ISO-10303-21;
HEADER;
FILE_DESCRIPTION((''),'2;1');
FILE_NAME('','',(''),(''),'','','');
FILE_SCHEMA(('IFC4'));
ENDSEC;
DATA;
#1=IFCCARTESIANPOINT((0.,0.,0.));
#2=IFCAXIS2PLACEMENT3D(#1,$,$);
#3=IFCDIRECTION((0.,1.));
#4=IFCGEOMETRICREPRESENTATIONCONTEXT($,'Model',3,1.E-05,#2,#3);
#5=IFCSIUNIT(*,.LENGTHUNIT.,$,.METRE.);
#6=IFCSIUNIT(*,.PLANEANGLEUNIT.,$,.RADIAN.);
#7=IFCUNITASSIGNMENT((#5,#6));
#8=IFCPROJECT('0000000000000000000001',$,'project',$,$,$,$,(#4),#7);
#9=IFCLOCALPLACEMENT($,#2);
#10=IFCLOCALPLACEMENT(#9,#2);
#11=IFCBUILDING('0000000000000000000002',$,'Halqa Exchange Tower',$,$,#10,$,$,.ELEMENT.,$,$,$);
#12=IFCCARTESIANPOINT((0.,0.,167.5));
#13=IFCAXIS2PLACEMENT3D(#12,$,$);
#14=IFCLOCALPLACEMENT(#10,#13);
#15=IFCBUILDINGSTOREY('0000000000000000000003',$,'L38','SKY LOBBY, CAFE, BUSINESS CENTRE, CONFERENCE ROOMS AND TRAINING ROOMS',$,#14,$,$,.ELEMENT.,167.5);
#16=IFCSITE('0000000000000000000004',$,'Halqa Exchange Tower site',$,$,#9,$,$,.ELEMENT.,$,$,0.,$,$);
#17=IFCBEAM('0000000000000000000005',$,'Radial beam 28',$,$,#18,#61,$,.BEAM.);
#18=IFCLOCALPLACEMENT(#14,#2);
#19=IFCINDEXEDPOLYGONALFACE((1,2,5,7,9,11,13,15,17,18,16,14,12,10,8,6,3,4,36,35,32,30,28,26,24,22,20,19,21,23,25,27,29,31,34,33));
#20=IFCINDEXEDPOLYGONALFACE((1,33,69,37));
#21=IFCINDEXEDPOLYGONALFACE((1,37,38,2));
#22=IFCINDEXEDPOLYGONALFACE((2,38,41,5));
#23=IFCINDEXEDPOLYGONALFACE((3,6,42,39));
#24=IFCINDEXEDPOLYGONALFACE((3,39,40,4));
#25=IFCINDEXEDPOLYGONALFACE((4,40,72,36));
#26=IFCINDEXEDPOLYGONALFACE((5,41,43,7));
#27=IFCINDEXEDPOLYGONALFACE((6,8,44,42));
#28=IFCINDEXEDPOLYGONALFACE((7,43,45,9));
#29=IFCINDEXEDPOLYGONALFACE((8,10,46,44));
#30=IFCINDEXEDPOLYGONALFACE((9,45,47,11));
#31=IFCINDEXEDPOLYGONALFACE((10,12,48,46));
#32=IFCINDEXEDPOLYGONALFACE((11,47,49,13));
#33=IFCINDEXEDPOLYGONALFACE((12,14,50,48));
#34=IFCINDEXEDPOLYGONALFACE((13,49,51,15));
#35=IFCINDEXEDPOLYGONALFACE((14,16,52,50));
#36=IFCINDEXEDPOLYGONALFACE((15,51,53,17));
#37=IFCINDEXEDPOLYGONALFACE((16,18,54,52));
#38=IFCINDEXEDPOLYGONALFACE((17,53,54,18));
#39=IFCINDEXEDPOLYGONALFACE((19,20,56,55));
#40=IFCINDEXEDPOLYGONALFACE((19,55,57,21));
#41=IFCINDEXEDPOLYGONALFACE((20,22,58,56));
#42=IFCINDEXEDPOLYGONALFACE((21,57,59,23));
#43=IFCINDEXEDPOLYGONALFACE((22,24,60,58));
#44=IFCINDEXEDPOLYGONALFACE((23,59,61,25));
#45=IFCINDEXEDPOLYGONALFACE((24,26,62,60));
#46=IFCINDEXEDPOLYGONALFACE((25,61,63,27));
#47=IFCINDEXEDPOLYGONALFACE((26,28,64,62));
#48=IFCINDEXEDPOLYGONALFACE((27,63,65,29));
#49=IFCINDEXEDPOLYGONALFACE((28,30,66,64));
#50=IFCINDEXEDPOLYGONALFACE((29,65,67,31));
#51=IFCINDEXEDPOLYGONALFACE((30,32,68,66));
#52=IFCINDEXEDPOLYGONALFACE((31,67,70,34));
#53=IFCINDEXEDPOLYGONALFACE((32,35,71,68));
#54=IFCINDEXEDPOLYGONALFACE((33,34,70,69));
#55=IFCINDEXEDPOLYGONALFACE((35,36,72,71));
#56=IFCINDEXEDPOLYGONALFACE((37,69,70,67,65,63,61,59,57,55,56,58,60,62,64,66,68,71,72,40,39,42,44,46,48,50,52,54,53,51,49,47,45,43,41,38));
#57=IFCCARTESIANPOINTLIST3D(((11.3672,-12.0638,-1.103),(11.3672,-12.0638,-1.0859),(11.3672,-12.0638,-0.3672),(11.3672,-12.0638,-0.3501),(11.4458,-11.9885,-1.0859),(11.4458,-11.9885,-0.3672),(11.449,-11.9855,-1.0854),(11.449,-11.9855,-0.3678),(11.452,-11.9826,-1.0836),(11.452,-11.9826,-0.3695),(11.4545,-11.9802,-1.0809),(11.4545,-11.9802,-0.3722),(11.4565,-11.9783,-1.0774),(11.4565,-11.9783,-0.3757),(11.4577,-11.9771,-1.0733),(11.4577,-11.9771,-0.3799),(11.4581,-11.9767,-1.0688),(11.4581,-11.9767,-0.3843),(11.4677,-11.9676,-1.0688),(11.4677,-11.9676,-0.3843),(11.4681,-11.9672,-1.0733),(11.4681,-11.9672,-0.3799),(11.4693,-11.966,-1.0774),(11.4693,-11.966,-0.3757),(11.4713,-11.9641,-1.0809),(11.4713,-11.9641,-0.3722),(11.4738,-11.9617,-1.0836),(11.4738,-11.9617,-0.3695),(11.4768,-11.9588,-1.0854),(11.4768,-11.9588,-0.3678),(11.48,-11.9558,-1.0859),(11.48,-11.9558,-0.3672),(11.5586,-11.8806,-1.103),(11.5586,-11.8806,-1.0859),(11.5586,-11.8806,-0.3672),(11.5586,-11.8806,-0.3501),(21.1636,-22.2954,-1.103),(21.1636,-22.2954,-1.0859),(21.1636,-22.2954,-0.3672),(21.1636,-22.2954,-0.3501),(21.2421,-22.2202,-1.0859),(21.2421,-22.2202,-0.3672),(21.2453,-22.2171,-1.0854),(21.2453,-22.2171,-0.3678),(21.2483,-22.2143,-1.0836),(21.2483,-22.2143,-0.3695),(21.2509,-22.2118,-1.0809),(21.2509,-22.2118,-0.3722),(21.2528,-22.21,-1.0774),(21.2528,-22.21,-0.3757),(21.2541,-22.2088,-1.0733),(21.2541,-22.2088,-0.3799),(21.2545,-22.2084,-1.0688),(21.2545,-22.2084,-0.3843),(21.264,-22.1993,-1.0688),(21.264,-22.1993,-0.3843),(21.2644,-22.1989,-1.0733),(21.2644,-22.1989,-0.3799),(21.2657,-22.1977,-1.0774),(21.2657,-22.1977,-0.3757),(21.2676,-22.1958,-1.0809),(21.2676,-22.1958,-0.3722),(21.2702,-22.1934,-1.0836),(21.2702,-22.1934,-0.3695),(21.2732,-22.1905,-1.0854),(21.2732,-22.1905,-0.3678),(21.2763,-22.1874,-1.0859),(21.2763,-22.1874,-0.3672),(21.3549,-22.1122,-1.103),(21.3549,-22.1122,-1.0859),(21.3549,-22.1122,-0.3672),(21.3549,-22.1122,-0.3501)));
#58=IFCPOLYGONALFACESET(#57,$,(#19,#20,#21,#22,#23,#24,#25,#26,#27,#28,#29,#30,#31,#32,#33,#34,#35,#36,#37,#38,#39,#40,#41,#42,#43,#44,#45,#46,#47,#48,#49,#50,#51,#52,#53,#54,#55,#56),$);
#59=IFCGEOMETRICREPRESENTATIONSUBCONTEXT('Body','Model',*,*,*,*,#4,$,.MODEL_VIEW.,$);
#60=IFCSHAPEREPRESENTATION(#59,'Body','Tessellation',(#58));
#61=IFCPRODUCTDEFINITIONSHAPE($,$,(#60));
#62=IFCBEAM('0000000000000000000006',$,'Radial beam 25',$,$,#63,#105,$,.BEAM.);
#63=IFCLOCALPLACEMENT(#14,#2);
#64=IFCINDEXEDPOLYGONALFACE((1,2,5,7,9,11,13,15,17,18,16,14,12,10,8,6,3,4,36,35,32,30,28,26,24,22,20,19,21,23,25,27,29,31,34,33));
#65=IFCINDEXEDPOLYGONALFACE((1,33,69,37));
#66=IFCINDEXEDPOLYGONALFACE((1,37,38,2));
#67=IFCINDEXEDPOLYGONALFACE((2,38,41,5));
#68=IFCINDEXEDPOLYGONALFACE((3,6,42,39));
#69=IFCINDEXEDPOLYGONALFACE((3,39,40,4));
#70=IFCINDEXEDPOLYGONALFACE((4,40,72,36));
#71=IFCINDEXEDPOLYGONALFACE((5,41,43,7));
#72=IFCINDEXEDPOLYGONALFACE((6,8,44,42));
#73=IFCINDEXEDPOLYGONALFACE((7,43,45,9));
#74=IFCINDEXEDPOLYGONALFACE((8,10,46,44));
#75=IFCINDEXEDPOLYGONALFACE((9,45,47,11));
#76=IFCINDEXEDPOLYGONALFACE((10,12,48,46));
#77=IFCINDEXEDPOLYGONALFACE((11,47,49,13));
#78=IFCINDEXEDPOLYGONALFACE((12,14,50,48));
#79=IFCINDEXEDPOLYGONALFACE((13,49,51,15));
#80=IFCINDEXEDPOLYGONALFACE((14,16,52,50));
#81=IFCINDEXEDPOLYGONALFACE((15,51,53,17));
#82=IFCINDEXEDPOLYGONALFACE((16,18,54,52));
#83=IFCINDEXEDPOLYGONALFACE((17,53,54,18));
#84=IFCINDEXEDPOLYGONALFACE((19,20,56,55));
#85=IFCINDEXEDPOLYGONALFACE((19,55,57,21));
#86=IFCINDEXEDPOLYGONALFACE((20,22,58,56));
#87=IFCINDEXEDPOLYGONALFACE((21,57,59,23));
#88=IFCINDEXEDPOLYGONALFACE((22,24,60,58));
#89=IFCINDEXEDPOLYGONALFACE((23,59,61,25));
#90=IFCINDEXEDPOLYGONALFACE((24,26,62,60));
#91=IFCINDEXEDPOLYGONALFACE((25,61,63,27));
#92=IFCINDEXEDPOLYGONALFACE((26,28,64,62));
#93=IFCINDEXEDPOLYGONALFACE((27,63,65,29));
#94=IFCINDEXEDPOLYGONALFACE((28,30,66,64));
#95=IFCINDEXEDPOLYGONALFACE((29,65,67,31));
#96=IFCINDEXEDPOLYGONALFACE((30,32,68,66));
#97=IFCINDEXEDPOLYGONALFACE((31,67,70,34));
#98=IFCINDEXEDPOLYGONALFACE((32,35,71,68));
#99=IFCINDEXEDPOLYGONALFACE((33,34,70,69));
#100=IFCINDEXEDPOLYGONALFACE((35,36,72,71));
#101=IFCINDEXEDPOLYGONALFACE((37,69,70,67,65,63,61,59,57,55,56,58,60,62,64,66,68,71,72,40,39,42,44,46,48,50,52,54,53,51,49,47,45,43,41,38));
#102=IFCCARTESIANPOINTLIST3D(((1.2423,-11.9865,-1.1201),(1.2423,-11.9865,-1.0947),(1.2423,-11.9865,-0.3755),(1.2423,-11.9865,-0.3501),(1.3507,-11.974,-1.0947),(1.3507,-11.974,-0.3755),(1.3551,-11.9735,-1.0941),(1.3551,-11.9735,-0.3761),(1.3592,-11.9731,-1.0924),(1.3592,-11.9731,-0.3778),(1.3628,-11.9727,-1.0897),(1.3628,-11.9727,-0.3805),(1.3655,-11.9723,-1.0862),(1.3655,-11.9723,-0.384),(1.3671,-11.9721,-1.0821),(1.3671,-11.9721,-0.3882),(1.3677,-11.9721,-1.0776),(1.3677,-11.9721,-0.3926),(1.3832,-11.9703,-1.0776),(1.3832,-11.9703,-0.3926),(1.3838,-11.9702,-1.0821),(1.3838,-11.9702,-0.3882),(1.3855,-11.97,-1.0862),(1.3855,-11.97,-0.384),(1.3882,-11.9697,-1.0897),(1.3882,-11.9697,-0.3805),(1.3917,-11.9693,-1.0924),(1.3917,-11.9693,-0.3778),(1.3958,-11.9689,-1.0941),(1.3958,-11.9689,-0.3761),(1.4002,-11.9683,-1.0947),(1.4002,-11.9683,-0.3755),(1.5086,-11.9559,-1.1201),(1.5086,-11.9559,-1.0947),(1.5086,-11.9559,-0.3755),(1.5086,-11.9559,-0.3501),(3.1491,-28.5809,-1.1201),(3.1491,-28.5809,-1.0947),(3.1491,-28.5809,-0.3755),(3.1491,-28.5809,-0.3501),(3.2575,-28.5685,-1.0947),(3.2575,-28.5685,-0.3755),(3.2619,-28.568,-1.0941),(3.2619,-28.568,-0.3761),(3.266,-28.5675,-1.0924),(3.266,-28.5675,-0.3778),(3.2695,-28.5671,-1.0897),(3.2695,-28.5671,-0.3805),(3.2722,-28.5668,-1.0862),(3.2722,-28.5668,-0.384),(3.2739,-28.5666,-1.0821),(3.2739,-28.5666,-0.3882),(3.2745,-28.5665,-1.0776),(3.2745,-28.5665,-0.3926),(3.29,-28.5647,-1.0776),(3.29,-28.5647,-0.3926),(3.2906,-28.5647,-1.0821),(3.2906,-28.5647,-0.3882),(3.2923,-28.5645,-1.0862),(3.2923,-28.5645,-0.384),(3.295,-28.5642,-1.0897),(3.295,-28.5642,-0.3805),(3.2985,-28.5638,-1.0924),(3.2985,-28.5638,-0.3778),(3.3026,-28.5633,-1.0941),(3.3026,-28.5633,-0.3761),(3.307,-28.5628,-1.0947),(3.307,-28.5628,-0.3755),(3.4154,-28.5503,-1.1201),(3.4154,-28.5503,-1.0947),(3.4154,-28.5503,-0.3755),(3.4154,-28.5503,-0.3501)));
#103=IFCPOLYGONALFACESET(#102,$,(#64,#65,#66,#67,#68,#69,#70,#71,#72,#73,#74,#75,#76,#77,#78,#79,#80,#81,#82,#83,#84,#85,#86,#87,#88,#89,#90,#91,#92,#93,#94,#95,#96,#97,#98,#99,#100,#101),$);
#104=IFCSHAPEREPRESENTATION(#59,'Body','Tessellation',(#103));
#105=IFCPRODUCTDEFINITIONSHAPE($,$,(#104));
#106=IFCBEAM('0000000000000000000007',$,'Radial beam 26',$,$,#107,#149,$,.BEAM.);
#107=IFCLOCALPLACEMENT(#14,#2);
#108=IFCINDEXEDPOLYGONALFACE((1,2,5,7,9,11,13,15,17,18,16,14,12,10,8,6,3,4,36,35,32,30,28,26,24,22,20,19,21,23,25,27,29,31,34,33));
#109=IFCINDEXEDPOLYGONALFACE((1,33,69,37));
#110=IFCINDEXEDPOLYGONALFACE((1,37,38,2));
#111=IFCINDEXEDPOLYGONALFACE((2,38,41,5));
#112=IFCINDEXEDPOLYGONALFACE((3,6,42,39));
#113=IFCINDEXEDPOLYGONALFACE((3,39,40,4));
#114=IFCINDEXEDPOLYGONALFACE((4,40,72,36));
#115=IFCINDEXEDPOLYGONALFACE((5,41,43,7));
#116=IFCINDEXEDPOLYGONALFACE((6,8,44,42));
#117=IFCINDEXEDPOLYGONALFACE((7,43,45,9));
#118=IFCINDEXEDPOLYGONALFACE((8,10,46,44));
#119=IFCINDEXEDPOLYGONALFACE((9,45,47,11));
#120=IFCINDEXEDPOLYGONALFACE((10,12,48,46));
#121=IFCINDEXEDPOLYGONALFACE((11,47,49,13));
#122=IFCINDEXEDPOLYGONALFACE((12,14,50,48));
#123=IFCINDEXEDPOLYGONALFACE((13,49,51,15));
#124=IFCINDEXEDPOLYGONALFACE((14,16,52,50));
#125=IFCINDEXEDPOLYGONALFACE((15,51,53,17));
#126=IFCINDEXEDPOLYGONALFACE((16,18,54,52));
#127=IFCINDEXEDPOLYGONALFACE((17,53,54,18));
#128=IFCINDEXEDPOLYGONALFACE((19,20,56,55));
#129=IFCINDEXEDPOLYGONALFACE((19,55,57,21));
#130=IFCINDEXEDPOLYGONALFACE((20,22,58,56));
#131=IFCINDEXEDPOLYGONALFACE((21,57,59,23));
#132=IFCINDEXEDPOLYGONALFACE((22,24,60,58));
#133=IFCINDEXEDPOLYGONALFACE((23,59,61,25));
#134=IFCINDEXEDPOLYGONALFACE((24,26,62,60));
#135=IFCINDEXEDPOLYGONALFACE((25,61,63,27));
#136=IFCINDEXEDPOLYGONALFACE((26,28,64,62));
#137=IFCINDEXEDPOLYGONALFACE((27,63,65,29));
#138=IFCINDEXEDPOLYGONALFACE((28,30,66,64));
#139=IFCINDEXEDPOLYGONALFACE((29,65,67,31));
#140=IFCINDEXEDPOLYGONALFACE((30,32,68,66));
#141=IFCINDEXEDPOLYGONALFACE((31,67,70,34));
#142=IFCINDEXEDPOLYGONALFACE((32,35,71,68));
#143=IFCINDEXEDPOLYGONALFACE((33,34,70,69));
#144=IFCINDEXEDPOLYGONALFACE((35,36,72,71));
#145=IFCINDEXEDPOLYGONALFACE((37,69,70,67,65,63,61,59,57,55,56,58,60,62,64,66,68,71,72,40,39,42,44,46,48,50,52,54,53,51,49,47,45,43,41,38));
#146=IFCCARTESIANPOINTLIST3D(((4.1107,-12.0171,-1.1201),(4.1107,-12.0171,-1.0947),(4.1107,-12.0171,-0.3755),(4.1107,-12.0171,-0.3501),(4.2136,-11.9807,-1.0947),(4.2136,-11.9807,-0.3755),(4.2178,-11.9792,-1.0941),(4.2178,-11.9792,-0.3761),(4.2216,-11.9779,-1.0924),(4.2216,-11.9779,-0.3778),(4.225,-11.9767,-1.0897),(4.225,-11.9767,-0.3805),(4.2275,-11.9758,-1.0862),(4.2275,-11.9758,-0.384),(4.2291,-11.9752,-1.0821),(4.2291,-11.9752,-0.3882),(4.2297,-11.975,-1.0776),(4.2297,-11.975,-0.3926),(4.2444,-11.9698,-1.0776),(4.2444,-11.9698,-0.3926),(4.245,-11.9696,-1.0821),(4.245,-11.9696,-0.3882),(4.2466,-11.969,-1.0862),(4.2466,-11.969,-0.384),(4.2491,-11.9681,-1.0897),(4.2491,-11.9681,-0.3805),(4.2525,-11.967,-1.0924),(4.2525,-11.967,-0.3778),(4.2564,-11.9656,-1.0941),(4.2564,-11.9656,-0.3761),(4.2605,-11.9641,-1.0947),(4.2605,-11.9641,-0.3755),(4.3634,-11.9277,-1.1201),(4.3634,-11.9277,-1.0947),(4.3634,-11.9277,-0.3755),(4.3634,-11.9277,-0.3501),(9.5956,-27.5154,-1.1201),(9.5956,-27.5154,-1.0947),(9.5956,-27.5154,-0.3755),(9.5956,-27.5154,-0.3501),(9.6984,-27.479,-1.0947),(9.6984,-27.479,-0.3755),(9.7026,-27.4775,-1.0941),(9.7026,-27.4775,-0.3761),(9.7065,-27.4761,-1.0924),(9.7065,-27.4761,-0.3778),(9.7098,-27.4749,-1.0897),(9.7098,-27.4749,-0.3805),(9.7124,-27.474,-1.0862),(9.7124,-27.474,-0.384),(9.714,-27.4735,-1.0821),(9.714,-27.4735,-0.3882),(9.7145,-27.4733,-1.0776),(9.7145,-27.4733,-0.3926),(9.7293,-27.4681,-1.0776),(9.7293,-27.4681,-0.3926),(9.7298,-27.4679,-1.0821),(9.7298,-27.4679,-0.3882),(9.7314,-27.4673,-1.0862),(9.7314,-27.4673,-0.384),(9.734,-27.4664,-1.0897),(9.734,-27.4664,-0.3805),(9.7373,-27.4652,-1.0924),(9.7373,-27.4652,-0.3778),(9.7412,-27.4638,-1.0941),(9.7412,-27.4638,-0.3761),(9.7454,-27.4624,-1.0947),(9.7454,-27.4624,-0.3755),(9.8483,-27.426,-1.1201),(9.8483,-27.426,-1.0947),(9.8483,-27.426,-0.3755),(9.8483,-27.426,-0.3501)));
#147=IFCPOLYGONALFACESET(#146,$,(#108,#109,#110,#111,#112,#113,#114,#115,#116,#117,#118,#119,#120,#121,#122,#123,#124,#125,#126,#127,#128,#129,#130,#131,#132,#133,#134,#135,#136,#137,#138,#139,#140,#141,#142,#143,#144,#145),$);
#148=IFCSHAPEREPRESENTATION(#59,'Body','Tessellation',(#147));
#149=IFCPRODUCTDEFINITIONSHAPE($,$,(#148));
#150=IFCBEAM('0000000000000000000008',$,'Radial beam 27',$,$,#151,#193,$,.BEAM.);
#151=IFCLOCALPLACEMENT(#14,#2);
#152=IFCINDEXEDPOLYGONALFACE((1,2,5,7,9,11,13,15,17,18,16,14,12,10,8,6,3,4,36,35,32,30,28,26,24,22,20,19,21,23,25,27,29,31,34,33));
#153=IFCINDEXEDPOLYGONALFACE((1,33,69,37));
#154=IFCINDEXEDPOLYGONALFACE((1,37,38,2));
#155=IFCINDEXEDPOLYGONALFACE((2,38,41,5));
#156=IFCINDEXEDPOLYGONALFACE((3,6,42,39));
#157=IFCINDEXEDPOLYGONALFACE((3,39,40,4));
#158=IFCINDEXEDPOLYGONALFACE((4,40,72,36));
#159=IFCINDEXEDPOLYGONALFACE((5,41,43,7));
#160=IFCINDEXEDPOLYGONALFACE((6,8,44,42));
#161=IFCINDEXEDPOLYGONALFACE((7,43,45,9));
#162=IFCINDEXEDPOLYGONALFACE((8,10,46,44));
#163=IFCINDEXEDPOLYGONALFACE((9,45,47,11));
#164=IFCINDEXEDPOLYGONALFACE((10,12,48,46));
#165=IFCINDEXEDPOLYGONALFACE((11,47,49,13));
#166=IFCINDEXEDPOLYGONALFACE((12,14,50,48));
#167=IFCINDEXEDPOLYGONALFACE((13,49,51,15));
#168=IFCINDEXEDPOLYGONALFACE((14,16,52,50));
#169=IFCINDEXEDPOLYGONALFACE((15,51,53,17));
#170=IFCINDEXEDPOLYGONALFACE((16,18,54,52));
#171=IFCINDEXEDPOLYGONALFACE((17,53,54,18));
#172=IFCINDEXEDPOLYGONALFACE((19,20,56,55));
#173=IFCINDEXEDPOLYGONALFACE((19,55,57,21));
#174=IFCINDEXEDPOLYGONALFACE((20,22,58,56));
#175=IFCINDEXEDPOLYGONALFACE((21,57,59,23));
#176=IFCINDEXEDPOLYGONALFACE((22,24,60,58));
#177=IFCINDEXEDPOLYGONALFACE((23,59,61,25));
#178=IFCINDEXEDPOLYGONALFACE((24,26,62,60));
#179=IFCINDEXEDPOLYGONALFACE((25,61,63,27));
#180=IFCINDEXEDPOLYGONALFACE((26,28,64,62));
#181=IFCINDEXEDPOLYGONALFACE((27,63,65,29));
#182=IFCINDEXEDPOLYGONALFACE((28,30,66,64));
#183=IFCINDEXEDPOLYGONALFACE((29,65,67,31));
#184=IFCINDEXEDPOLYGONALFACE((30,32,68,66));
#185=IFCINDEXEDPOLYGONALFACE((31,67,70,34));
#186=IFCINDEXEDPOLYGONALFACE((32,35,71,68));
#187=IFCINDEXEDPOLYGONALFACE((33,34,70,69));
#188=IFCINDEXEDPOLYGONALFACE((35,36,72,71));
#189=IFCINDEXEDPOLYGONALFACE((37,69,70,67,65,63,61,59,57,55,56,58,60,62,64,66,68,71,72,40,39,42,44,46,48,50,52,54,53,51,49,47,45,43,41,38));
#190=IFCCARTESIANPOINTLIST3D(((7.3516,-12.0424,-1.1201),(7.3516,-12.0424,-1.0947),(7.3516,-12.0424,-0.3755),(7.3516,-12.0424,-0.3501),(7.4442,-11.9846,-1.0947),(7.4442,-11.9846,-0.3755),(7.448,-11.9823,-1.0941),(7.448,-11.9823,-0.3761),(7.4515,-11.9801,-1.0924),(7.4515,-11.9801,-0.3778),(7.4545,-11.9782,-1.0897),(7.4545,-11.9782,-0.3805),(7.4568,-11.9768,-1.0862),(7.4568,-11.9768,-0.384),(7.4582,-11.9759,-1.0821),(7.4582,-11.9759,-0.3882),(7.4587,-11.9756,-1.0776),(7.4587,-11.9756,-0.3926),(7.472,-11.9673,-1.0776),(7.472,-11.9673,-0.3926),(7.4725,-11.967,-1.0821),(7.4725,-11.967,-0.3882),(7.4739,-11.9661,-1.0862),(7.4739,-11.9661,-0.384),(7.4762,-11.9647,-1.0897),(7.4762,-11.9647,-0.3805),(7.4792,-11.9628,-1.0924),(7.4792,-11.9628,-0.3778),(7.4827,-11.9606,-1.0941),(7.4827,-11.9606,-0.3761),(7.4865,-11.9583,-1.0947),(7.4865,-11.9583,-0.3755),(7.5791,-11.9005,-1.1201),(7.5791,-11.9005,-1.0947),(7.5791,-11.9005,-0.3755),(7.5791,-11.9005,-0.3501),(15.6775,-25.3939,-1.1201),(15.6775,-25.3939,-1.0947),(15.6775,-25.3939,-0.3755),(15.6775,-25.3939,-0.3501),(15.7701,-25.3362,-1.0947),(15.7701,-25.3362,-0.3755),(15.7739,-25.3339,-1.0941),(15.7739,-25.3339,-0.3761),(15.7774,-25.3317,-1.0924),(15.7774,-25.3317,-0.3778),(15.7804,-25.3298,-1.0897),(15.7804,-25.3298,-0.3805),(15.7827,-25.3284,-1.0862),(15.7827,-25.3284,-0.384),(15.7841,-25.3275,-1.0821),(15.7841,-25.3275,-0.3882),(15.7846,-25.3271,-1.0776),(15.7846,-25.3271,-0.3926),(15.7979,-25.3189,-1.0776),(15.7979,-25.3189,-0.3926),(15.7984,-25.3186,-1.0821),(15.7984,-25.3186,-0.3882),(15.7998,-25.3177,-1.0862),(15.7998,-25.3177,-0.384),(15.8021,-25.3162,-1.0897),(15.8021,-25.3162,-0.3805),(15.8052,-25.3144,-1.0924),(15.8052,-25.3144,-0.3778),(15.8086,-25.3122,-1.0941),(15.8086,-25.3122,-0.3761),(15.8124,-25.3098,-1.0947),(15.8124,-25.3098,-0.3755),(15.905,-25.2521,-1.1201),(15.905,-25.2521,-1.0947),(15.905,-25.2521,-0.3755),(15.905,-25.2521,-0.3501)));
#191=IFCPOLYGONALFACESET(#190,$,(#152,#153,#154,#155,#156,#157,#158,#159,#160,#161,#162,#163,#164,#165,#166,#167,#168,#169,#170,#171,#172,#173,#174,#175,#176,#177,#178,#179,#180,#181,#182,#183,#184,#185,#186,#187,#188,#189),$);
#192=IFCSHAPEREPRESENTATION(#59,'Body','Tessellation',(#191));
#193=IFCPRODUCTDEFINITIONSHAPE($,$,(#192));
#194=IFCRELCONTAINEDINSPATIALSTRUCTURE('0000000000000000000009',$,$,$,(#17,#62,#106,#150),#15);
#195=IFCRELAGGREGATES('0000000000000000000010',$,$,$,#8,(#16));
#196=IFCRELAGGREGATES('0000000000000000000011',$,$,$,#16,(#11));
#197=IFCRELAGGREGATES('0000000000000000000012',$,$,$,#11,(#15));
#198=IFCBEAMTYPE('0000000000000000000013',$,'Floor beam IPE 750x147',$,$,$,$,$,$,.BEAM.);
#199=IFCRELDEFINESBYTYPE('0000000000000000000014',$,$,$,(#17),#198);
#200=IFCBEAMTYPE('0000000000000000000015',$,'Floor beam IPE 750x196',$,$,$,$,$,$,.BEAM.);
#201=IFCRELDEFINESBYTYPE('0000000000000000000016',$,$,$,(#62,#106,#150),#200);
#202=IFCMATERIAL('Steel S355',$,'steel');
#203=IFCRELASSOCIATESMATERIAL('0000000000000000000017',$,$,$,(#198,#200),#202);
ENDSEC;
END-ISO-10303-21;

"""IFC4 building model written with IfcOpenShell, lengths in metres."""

from ifc_helpers import new_model, si_unit, direction, frame, origin, origin_2d, place, context, subcontext, project, spatial, i_section, extrude, material, material_profile, profile_set, type_object, element, save


model = new_model("IFC4")

# Units and contexts
model_context = context("Model", 3, precision=1e-05, world=origin(), true_north=direction((0.0, 1.0)))
body_context = subcontext(model_context, "Body", "Model", "MODEL_VIEW")
ifc_project = project(units=[si_unit("LENGTHUNIT", "METRE"), si_unit("PLANEANGLEUNIT", "RADIAN")], contexts=[model_context])

# Site, building, storey
site_placement = place(None, origin())
site = spatial("IfcSite", under=ifc_project, at=site_placement, Name="Halqa Exchange Tower site", CompositionType="ELEMENT", RefElevation=0.0)
building_placement = place(site_placement, origin())
building = spatial("IfcBuilding", under=site, at=building_placement, Name="Halqa Exchange Tower", CompositionType="ELEMENT")
storey_placement = place(building_placement, frame((0.0, 0.0, 167.5)))
storey = spatial("IfcBuildingStorey", under=building, at=storey_placement, Name="L38", Description="SKY LOBBY, CAFE, BUSINESS CENTRE, CONFERENCE ROOMS AND TRAINING ROOMS", CompositionType="ELEMENT", Elevation=167.5)

# Beams
ifc_material_1 = material(Name="Steel S355", Category="steel")
ifc_material_profile_1 = material_profile(ifc_material_1, i_section(OverallWidth=0.2649, OverallDepth=0.7529, WebThickness=0.0132, FlangeThickness=0.0171, FilletRadius=0.0171, at=origin_2d()), Name="IPE 750x147")
ifc_profile_set_1 = profile_set([ifc_material_profile_1], Name="Steel S355")
beam_type_1 = type_object("IfcBeamType", Name="Floor beam IPE 750x147", PredefinedType="BEAM", material=ifc_profile_set_1)
beam_1_placement = place(storey_placement, frame((11.4629, -11.9722, -0.7266), z_axis=(0.691575, -0.722305, 0.0), x_axis=(0.722305, 0.691575, 0.0)))
element("IfcBeam", 1, at=beam_1_placement, inside=storey, type_object=beam_type_1, Name="Radial beam 28", PredefinedType="BEAM", context=body_context, shape_type="SweptSolid", body=[
    extrude(i_section(OverallWidth=0.2649, OverallDepth=0.7529, WebThickness=0.0132, FlangeThickness=0.0171, FilletRadius=0.0171, at=origin_2d()), origin(), (0.0, 0.0, 1.0), 14.1653),
])
ifc_material_profile_2 = material_profile(ifc_material_1, i_section(OverallWidth=0.2681, OverallDepth=0.77, WebThickness=0.0156, FlangeThickness=0.0254, FilletRadius=0.0171, at=origin_2d()), Name="IPE 750x196")
ifc_profile_set_2 = profile_set([ifc_material_profile_2], Name="Steel S355")
beam_type_2 = type_object("IfcBeamType", Name="Floor beam IPE 750x196", PredefinedType="BEAM", material=ifc_profile_set_2)
beam_2_placement = place(storey_placement, frame((1.3755, -11.9712, -0.7351), z_axis=(0.114151, -0.993463, 0.0), x_axis=(0.993463, 0.114151, 0.0)))
element("IfcBeam", 2, at=beam_2_placement, inside=storey, type_object=beam_type_2, Name="Radial beam 25", PredefinedType="BEAM", context=body_context, shape_type="SweptSolid", body=[
    extrude(i_section(OverallWidth=0.2681, OverallDepth=0.77, WebThickness=0.0156, FlangeThickness=0.0254, FilletRadius=0.0171, at=origin_2d()), origin(), (0.0, 0.0, 1.0), 16.7036),
])
beam_3_placement = place(storey_placement, frame((4.2371, -11.9724, -0.7351), z_axis=(0.333625, -0.942706, 0.0), x_axis=(0.942706, 0.333625, 0.0)))
element("IfcBeam", 3, at=beam_3_placement, inside=storey, type_object=beam_type_2, Name="Radial beam 26", PredefinedType="BEAM", context=body_context, shape_type="SweptSolid", body=[
    extrude(i_section(OverallWidth=0.2681, OverallDepth=0.77, WebThickness=0.0156, FlangeThickness=0.0254, FilletRadius=0.0171, at=origin_2d()), origin(), (0.0, 0.0, 1.0), 16.4402),
])
beam_4_placement = place(storey_placement, frame((7.4653, -11.9714, -0.7351), z_axis=(0.52914, -0.848535, 0.0), x_axis=(0.848535, 0.52914, 0.0)))
element("IfcBeam", 4, at=beam_4_placement, inside=storey, type_object=beam_type_2, Name="Radial beam 27", PredefinedType="BEAM", context=body_context, shape_type="SweptSolid", body=[
    extrude(i_section(OverallWidth=0.2681, OverallDepth=0.77, WebThickness=0.0156, FlangeThickness=0.0254, FilletRadius=0.0171, at=origin_2d()), origin(), (0.0, 0.0, 1.0), 15.7349),
])

save(model, "model.ifc")
